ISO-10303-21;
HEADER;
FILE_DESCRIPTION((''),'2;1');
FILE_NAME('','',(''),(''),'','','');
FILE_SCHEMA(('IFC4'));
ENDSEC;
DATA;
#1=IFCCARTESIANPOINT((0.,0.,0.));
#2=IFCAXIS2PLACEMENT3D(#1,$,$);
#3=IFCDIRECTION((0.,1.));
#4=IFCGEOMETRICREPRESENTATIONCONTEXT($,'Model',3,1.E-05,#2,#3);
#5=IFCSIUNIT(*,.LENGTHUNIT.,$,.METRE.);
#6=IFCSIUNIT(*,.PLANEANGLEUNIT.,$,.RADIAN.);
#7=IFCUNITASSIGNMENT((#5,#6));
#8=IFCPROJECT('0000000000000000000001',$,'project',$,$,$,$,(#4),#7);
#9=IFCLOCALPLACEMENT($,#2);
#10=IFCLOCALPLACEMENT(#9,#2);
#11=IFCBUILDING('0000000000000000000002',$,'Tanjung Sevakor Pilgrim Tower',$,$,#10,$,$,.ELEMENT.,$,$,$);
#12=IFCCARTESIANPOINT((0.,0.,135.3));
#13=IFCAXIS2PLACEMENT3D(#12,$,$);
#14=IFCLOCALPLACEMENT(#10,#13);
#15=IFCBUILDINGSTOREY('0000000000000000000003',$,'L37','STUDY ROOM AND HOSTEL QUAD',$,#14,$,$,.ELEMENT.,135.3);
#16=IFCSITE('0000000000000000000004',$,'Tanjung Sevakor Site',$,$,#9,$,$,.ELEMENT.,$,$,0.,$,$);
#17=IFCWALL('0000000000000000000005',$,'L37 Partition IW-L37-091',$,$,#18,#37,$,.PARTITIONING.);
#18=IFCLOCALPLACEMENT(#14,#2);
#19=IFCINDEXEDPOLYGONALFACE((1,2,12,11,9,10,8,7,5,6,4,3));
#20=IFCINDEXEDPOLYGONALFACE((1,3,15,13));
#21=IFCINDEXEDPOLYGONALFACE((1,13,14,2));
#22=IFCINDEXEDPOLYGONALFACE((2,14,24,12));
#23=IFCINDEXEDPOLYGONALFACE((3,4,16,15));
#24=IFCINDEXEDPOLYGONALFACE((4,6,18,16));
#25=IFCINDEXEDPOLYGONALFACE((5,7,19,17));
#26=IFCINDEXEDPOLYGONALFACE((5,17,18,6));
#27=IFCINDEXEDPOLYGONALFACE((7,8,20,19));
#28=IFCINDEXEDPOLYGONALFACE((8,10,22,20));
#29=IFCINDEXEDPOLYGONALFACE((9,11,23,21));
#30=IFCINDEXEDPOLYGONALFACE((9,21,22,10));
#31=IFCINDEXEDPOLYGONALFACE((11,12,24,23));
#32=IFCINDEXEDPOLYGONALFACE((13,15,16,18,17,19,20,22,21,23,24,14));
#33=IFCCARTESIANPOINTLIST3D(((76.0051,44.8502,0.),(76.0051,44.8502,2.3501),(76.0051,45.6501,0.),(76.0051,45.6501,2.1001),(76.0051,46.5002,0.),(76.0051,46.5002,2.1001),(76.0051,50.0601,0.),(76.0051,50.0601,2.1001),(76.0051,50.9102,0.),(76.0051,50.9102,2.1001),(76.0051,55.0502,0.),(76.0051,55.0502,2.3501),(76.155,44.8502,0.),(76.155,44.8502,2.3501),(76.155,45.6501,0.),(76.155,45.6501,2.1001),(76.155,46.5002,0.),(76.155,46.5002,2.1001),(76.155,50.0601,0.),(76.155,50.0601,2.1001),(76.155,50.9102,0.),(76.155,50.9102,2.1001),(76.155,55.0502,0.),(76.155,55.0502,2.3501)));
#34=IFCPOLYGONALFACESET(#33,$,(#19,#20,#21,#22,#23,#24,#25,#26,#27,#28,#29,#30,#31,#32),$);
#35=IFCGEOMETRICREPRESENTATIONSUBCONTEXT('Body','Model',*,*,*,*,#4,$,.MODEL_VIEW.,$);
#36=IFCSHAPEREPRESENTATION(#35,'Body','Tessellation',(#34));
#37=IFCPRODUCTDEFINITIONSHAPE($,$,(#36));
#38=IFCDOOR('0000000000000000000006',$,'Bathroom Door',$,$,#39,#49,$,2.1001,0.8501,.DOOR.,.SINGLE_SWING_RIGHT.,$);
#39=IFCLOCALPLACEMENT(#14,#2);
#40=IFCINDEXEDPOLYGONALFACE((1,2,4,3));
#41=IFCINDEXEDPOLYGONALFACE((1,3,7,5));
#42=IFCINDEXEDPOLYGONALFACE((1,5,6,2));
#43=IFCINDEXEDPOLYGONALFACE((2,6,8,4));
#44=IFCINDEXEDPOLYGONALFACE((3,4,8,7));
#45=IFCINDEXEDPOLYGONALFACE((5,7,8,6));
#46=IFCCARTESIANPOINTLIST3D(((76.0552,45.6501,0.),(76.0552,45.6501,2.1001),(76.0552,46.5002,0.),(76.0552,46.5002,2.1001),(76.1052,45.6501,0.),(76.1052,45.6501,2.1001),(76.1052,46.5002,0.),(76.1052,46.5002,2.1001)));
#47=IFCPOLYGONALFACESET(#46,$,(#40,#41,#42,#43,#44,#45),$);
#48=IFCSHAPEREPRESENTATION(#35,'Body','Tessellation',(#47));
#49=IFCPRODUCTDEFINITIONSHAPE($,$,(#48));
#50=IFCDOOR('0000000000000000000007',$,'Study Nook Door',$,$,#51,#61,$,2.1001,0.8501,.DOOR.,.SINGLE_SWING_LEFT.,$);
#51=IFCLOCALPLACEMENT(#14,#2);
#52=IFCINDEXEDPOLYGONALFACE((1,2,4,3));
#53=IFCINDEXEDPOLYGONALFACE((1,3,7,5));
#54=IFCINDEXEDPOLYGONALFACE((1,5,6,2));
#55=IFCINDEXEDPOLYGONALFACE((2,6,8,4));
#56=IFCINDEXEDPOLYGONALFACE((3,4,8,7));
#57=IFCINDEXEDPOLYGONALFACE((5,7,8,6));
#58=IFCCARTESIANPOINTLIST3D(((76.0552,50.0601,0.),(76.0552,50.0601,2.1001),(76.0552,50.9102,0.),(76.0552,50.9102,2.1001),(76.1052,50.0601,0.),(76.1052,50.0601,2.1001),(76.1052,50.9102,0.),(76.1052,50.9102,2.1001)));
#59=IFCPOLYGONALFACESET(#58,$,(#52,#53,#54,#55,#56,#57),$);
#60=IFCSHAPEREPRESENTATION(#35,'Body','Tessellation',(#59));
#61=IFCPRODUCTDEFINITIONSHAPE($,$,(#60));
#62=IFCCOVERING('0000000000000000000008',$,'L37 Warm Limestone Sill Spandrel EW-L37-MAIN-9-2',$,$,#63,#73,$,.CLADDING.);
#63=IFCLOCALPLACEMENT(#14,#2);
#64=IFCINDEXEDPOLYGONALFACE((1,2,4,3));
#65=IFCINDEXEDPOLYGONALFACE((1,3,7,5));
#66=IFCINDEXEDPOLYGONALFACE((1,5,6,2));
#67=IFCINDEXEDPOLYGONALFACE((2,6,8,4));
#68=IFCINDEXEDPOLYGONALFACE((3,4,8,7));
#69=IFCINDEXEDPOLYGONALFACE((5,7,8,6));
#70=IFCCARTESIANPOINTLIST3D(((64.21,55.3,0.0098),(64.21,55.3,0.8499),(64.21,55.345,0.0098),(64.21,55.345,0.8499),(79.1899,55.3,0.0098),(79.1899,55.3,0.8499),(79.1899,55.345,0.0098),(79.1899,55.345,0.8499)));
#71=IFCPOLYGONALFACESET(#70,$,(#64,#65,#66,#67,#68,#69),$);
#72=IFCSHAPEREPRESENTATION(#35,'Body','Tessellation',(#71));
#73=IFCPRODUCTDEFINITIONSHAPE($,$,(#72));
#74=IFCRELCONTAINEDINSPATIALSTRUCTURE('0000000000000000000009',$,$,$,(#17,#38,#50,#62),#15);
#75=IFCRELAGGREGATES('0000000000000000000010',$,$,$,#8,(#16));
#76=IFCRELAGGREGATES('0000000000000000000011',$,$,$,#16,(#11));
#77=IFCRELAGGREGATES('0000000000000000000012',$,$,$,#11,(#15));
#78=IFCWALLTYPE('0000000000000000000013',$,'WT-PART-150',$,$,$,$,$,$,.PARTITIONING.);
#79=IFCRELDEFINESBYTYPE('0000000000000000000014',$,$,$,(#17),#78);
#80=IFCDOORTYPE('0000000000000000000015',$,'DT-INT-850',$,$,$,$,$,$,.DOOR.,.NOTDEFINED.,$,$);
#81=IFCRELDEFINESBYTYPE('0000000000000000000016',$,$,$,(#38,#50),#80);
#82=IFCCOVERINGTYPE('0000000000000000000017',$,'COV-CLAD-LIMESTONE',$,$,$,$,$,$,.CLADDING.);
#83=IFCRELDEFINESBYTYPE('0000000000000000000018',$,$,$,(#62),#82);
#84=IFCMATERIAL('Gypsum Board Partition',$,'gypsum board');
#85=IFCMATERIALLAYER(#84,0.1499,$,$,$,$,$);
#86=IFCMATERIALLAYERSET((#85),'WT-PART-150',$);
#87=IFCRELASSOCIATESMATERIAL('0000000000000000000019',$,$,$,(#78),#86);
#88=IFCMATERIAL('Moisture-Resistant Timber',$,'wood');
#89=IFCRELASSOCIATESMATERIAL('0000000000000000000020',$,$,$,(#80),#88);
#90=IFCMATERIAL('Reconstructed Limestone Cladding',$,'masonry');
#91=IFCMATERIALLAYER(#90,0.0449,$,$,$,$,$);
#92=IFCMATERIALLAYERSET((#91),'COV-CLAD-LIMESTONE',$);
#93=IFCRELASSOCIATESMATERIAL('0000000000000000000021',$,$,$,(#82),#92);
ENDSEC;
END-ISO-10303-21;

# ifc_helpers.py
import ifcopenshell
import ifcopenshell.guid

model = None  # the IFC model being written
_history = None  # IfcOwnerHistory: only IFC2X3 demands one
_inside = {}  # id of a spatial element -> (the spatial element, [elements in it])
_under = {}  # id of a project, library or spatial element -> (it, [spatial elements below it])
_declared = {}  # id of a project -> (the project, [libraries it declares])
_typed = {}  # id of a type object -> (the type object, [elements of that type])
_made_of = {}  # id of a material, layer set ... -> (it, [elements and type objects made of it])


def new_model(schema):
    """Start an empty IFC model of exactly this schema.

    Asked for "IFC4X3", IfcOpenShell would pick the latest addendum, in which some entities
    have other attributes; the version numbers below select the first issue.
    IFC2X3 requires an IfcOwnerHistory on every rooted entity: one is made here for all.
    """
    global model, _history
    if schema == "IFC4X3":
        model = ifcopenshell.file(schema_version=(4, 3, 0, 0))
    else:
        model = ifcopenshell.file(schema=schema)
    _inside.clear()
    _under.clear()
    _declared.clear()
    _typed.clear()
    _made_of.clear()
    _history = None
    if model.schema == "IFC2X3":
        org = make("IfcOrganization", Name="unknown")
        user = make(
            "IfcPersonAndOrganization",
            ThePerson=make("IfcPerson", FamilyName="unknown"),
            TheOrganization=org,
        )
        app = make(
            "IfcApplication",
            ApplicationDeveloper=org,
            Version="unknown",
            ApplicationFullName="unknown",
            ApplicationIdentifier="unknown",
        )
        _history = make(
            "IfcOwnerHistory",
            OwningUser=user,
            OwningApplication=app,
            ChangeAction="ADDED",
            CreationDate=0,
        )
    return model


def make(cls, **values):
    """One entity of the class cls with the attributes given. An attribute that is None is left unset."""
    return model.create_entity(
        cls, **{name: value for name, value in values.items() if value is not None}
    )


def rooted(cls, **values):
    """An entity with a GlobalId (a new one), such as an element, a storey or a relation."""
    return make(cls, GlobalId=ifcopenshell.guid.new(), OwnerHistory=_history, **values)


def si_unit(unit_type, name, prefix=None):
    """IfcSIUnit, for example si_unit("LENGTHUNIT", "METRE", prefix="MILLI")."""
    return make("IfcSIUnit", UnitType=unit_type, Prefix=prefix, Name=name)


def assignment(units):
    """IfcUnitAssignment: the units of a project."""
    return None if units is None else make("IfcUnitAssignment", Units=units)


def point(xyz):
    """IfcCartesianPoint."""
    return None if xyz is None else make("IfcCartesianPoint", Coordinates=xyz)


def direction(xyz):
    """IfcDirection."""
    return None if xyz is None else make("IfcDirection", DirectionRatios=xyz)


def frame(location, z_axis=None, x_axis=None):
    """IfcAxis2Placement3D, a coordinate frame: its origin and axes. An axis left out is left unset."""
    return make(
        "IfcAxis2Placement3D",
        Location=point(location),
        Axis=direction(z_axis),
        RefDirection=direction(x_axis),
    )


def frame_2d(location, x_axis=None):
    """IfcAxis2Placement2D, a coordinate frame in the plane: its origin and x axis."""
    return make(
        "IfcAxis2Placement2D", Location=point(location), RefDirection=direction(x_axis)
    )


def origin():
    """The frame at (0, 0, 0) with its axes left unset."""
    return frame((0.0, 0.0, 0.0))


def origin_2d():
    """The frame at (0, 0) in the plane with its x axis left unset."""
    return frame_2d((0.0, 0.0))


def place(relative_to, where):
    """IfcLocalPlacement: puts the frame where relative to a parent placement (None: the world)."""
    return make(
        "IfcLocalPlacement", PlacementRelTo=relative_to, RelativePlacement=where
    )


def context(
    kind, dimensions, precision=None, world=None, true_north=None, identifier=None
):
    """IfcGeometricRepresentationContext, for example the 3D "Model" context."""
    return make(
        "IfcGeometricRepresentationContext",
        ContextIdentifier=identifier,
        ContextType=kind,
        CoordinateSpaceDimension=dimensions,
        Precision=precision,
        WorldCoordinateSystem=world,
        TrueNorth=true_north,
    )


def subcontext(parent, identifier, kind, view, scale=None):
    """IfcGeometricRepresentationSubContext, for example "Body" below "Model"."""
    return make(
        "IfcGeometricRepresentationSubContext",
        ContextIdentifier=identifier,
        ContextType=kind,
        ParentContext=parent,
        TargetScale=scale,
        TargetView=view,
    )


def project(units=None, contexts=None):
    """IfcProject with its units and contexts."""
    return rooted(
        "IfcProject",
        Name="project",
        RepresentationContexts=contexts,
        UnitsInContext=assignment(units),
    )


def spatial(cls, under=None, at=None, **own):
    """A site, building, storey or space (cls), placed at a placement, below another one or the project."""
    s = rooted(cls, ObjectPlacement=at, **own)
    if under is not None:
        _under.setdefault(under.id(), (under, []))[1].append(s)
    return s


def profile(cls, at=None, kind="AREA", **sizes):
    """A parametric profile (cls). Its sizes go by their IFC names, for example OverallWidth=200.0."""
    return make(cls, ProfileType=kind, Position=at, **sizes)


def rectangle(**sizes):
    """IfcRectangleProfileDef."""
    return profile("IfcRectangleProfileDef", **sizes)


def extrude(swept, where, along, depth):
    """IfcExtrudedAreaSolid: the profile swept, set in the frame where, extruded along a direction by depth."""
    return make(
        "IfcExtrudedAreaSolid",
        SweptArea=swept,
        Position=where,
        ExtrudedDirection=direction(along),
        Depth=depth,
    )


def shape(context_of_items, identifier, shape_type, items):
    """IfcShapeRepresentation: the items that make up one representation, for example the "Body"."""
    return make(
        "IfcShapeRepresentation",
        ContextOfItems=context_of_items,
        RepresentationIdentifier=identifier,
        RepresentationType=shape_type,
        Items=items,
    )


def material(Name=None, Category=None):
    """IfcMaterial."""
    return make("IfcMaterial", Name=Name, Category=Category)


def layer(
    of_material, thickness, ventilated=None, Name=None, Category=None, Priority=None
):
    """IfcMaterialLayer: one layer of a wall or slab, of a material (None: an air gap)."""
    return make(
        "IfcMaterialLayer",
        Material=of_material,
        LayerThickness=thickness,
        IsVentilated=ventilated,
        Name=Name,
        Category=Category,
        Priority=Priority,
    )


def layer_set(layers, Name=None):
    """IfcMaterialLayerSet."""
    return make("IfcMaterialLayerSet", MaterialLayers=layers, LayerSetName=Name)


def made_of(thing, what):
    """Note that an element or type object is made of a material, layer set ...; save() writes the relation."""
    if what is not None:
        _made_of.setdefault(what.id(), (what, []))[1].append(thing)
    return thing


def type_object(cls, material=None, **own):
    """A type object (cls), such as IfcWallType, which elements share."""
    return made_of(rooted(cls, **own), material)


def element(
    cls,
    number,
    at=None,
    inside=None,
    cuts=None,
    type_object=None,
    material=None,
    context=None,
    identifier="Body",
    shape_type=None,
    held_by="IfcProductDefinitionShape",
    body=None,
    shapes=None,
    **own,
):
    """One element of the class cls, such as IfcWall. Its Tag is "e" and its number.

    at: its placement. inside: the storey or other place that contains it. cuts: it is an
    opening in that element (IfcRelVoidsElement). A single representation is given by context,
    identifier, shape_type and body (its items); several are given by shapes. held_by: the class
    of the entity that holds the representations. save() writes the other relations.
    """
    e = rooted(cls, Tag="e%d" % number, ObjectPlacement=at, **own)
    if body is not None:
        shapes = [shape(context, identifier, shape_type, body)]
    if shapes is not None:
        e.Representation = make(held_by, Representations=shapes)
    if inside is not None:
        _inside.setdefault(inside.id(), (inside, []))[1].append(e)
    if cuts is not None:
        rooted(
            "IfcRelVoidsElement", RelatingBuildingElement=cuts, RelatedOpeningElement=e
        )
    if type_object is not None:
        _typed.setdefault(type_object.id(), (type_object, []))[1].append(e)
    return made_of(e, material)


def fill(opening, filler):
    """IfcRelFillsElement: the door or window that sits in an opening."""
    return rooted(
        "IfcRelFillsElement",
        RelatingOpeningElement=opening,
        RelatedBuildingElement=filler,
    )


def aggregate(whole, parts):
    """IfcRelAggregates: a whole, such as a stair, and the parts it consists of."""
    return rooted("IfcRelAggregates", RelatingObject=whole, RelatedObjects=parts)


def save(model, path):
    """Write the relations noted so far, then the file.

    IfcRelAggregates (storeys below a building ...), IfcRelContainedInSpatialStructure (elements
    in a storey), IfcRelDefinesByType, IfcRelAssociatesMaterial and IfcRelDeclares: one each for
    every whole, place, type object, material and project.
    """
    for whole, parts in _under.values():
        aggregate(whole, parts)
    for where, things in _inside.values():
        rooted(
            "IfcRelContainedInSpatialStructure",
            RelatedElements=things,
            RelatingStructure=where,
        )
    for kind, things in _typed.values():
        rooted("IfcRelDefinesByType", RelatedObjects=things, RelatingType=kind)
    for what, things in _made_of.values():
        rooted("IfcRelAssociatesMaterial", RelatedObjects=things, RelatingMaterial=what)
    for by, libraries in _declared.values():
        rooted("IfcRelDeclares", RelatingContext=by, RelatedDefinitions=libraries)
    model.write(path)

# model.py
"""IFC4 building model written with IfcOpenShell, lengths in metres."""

from ifc_helpers import new_model, si_unit, direction, frame, frame_2d, origin, origin_2d, place, context, subcontext, project, spatial, rectangle, extrude, material, layer, layer_set, type_object, element, fill, save


model = new_model("IFC4")

# Units and contexts
model_context = context("Model", 3, precision=1e-05, world=origin(), true_north=direction((0.0, 1.0)))
body_context = subcontext(model_context, "Body", "Model", "MODEL_VIEW")
ifc_project = project(units=[si_unit("LENGTHUNIT", "METRE"), si_unit("PLANEANGLEUNIT", "RADIAN")], contexts=[model_context])

# Site, building, storey
site_placement = place(None, origin())
site = spatial("IfcSite", under=ifc_project, at=site_placement, Name="Tanjung Sevakor Site", CompositionType="ELEMENT", RefElevation=0.0)
building_placement = place(site_placement, origin())
building = spatial("IfcBuilding", under=site, at=building_placement, Name="Tanjung Sevakor Pilgrim Tower", CompositionType="ELEMENT")
storey_placement = place(building_placement, frame((0.0, 0.0, 135.3)))
storey = spatial("IfcBuildingStorey", under=building, at=storey_placement, Name="L37", Description="STUDY ROOM AND HOSTEL QUAD", CompositionType="ELEMENT", Elevation=135.3)

# Shared definitions
ifc_material_1 = material(Name="Gypsum Board Partition", Category="gypsum board")
ifc_layer_1 = layer(ifc_material_1, 0.1499)
ifc_layer_set_1 = layer_set([ifc_layer_1], Name="WT-PART-150")
wall_type_1 = type_object("IfcWallType", Name="WT-PART-150", PredefinedType="PARTITIONING", material=ifc_layer_set_1)

# Shared definitions
ifc_material_2 = material(Name="Moisture-Resistant Timber", Category="wood")
door_type_1 = type_object("IfcDoorType", Name="DT-INT-850", OperationType="NOTDEFINED", PredefinedType="DOOR", material=ifc_material_2)

# Wall, openings, doors
wall_1_placement = place(storey_placement, frame((76.0801, 44.8501, 0.0), z_axis=(0.0, 0.0, 1.0), x_axis=(0.0, 1.0, 0.0)))
wall_1 = element("IfcWall", 1, at=wall_1_placement, inside=storey, type_object=wall_type_1, Name="L37 Partition IW-L37-091", PredefinedType="PARTITIONING", context=body_context, shape_type="SweptSolid", body=[
    extrude(rectangle(XDim=10.2, YDim=0.1499, at=frame_2d((5.1001, 0.0))), origin(), (0.0, 0.0, 1.0), 2.3501),
])
opening_1_placement = place(wall_1_placement, frame((0.8, 0.0, 0.0)))
opening_1 = element("IfcOpeningElement", 2, at=opening_1_placement, cuts=wall_1, PredefinedType="OPENING", context=body_context, shape_type="SweptSolid", body=[
    extrude(rectangle(XDim=0.8501, YDim=2.1001, at=frame_2d((0.425, 1.05))), frame((0.0, 0.085, 0.0), z_axis=(0.0, -1.0, 0.0), x_axis=(1.0, 0.0, 0.0)), (0.0, 0.0, 1.0), 0.1699),
])
opening_2_placement = place(wall_1_placement, frame((5.21, 0.0, 0.0)))
opening_2 = element("IfcOpeningElement", 3, at=opening_2_placement, cuts=wall_1, PredefinedType="OPENING", context=body_context, shape_type="SweptSolid", body=[
    extrude(rectangle(XDim=0.8501, YDim=2.1001, at=frame_2d((0.425, 1.05))), frame((0.0, 0.085, 0.0), z_axis=(0.0, -1.0, 0.0), x_axis=(1.0, 0.0, 0.0)), (0.0, 0.0, 1.0), 0.1699),
])
door_1_placement = place(opening_1_placement, origin())
door_1 = element("IfcDoor", 4, at=door_1_placement, inside=storey, type_object=door_type_1, Name="Bathroom Door", OperationType="SINGLE_SWING_RIGHT", OverallHeight=2.1001, OverallWidth=0.8501, PredefinedType="DOOR", context=body_context, shape_type="SweptSolid", body=[
    extrude(rectangle(XDim=0.8501, YDim=2.1001, at=frame_2d((0.425, 1.05))), frame((0.0, 0.0249, 0.0), z_axis=(0.0, -1.0, 0.0), x_axis=(1.0, 0.0, 0.0)), (0.0, 0.0, 1.0), 0.05),
])
fill(opening_1, door_1)
door_2_placement = place(opening_2_placement, origin())
door_2 = element("IfcDoor", 5, at=door_2_placement, inside=storey, type_object=door_type_1, Name="Study Nook Door", OperationType="SINGLE_SWING_LEFT", OverallHeight=2.1001, OverallWidth=0.8501, PredefinedType="DOOR", context=body_context, shape_type="SweptSolid", body=[
    extrude(rectangle(XDim=0.8501, YDim=2.1001, at=frame_2d((0.425, 1.05))), frame((0.0, 0.0249, 0.0), z_axis=(0.0, -1.0, 0.0), x_axis=(1.0, 0.0, 0.0)), (0.0, 0.0, 1.0), 0.05),
])
fill(opening_2, door_2)

# Covering
ifc_material_3 = material(Name="Reconstructed Limestone Cladding", Category="masonry")
ifc_layer_2 = layer(ifc_material_3, 0.0449)
ifc_layer_set_2 = layer_set([ifc_layer_2], Name="COV-CLAD-LIMESTONE")
covering_type = type_object("IfcCoveringType", Name="COV-CLAD-LIMESTONE", PredefinedType="CLADDING", material=ifc_layer_set_2)
covering_placement = place(storey_placement, frame((71.7, 55.3225, 0.0098), z_axis=(0.0, 0.0, 1.0), x_axis=(-1.0, 0.0, 0.0)))
element("IfcCovering", 6, at=covering_placement, inside=storey, type_object=covering_type, Name="L37 Warm Limestone Sill Spandrel EW-L37-MAIN-9-2", PredefinedType="CLADDING", context=body_context, shape_type="SweptSolid", body=[
    extrude(rectangle(XDim=14.98, YDim=0.0449, at=origin_2d()), origin(), (0.0, 0.0, 1.0), 0.8401),
])

save(model, "model.ifc")
